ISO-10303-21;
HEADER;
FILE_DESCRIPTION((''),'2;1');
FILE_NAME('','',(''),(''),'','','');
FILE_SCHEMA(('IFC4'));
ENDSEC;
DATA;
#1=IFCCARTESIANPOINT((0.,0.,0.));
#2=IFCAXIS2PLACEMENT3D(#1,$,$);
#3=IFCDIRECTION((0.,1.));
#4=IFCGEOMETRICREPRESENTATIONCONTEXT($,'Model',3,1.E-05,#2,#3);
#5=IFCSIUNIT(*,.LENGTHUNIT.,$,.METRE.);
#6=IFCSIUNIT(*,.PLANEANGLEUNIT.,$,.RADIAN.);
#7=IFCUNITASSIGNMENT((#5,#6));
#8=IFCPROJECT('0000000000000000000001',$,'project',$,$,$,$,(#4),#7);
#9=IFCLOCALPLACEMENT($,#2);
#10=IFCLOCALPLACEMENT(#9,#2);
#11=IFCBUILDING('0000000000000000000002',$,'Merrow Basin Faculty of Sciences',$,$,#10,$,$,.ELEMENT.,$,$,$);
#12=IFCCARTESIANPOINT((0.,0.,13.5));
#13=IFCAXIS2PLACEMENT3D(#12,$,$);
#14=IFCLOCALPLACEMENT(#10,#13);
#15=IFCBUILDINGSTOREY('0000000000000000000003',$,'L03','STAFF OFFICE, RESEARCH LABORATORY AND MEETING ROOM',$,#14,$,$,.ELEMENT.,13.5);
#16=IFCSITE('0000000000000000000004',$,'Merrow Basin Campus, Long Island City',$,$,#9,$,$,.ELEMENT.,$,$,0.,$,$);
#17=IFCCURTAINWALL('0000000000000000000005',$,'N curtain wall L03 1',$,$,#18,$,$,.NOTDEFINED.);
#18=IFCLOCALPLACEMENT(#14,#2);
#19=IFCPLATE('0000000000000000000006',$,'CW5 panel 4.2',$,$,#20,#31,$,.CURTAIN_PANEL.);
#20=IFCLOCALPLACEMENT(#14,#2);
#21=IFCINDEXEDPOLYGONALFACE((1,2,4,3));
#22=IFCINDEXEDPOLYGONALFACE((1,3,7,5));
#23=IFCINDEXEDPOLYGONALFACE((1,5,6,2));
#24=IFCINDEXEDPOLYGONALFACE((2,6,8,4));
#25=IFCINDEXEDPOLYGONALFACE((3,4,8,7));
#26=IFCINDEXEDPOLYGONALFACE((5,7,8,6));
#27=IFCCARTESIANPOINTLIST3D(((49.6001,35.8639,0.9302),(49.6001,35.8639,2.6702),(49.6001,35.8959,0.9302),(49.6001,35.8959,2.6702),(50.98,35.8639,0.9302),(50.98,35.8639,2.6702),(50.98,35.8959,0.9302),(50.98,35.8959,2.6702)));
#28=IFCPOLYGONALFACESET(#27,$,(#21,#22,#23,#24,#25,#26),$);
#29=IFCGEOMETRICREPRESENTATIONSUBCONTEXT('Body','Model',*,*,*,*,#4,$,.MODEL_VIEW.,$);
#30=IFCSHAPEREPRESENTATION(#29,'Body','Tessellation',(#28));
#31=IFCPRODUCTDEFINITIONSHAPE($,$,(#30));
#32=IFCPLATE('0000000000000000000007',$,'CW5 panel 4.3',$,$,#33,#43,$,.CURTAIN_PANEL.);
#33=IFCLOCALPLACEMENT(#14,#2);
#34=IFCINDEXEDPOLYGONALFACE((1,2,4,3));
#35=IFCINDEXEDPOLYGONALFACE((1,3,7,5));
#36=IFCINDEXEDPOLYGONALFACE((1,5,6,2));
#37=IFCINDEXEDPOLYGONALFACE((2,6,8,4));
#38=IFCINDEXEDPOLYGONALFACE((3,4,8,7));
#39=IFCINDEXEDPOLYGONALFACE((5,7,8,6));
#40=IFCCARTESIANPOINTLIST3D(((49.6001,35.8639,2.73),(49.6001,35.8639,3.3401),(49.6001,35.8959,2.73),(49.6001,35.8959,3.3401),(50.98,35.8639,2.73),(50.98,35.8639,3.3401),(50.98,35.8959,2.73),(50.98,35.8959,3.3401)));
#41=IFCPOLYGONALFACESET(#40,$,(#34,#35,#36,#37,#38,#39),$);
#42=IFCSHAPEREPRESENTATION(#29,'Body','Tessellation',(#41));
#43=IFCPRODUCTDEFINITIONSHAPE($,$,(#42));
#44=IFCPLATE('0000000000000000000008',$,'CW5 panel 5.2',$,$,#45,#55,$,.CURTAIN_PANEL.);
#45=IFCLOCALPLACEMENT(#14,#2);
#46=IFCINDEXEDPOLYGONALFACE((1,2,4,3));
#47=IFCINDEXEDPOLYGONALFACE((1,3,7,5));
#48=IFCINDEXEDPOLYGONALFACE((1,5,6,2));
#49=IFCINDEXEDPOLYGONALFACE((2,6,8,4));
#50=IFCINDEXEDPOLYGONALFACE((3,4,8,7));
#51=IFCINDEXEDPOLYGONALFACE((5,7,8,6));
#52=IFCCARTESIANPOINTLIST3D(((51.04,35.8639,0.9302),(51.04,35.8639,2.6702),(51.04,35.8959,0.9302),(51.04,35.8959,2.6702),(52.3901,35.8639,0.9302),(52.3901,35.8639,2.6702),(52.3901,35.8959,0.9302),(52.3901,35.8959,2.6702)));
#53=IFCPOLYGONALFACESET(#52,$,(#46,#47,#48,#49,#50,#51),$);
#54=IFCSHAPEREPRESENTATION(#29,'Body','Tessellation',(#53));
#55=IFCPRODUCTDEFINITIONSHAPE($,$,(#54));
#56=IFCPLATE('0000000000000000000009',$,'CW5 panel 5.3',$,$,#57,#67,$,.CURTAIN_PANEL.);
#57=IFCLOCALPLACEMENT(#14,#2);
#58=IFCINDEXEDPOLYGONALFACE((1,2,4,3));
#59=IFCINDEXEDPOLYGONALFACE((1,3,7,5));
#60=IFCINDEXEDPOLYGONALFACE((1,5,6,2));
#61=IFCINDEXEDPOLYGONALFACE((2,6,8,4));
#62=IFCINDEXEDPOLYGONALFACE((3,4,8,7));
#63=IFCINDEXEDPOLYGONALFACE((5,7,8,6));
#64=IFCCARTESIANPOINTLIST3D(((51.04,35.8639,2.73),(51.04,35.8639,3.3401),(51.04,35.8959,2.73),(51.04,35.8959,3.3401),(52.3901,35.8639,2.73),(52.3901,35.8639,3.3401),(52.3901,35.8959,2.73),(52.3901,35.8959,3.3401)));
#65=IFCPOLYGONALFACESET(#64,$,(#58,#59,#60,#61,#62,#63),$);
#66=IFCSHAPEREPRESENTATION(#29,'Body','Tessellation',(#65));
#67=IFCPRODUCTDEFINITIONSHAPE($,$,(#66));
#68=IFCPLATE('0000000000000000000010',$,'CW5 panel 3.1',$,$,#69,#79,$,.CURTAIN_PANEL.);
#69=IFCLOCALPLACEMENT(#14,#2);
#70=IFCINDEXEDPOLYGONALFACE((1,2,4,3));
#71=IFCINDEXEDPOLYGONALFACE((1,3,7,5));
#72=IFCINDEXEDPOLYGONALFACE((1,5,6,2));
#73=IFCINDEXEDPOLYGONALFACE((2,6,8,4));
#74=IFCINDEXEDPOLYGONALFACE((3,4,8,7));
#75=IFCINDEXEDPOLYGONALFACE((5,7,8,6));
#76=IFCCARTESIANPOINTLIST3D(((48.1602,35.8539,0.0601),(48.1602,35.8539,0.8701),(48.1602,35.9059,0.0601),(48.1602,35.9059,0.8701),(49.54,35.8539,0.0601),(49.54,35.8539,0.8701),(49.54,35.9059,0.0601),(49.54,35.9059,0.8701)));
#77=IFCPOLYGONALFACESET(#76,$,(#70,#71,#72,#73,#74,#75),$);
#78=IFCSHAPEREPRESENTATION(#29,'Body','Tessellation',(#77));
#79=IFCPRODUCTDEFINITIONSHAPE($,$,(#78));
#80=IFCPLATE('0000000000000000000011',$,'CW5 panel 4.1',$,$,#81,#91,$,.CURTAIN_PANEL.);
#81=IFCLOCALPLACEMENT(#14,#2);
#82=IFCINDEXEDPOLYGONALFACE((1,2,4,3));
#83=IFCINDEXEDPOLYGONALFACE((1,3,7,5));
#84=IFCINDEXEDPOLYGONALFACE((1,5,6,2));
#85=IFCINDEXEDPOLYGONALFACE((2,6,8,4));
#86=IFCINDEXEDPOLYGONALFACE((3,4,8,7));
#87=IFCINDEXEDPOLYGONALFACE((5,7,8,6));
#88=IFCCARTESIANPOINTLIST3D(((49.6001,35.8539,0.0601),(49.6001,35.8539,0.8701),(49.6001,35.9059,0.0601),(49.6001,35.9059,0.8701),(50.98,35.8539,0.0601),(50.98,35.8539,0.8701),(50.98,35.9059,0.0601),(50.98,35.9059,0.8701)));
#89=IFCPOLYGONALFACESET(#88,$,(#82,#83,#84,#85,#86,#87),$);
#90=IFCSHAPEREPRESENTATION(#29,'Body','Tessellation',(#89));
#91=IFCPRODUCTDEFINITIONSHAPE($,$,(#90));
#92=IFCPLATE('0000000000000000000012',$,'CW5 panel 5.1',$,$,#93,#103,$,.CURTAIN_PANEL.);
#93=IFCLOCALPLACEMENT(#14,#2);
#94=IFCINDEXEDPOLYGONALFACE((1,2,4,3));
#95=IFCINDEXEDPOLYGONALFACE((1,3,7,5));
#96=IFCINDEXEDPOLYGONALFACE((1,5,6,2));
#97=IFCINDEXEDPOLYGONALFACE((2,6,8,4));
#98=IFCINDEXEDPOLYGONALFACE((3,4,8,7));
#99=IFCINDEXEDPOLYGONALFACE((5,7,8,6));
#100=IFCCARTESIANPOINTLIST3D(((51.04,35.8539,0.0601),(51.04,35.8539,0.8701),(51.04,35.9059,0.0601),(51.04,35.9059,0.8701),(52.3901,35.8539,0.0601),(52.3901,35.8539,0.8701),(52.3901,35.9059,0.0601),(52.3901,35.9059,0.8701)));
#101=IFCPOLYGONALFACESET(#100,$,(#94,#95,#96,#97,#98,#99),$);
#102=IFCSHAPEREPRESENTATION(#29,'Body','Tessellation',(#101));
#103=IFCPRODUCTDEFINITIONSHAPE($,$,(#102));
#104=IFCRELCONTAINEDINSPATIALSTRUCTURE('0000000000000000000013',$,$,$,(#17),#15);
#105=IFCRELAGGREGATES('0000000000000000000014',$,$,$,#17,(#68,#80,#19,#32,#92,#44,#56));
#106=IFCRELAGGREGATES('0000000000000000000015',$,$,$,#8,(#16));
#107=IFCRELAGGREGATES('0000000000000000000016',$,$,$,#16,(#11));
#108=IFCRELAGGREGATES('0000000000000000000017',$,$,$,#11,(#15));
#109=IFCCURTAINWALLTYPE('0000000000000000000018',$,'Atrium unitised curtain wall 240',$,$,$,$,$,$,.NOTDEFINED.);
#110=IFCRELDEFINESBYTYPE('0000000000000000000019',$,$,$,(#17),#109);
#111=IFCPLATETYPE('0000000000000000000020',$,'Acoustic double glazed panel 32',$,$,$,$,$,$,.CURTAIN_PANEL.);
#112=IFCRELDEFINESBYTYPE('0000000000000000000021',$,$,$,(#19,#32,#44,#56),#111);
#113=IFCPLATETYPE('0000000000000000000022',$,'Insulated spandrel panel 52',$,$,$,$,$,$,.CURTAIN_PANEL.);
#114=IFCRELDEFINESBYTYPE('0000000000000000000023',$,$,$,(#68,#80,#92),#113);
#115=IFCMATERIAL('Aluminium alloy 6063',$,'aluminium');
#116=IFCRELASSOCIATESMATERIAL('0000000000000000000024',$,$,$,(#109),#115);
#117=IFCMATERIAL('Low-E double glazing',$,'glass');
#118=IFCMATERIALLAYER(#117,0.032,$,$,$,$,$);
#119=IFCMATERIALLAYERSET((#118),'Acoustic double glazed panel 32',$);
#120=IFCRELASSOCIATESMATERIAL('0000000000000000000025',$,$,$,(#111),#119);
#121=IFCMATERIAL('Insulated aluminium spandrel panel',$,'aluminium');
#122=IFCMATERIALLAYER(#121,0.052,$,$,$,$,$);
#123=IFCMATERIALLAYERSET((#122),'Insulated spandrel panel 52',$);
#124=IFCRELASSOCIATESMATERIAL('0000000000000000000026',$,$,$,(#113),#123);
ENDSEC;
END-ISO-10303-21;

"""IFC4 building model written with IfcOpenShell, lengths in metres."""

from ifc_helpers import new_model, si_unit, direction, frame, origin, origin_2d, place, context, subcontext, project, spatial, rectangle, extrude, material, layer, layer_set, type_object, element, aggregate, save


model = new_model("IFC4")

# Units and contexts
model_context = context("Model", 3, precision=1e-05, world=origin(), true_north=direction((0.0, 1.0)))
body_context = subcontext(model_context, "Body", "Model", "MODEL_VIEW")
ifc_project = project(units=[si_unit("LENGTHUNIT", "METRE"), si_unit("PLANEANGLEUNIT", "RADIAN")], contexts=[model_context])

# Site, building, storey
site_placement = place(None, origin())
site = spatial("IfcSite", under=ifc_project, at=site_placement, Name="Merrow Basin Campus, Long Island City", CompositionType="ELEMENT", RefElevation=0.0)
building_placement = place(site_placement, origin())
building = spatial("IfcBuilding", under=site, at=building_placement, Name="Merrow Basin Faculty of Sciences", CompositionType="ELEMENT")
storey_placement = place(building_placement, frame((0.0, 0.0, 13.5)))
storey = spatial("IfcBuildingStorey", under=building, at=storey_placement, Name="L03", Description="STAFF OFFICE, RESEARCH LABORATORY AND MEETING ROOM", CompositionType="ELEMENT", Elevation=13.5)

# Shared definitions
ifc_material_1 = material(Name="Aluminium alloy 6063", Category="aluminium")
curtain_wall_type = type_object("IfcCurtainWallType", Name="Atrium unitised curtain wall 240", PredefinedType="NOTDEFINED", material=ifc_material_1)

# Curtain wall
curtain_wall_1_placement = place(storey_placement, origin())
curtain_wall_1 = element("IfcCurtainWall", 1, at=curtain_wall_1_placement, inside=storey, type_object=curtain_wall_type, Name="N curtain wall L03 1", PredefinedType="NOTDEFINED")

# Plates
ifc_material_2 = material(Name="Low-E double glazing", Category="glass")
ifc_layer_1 = layer(ifc_material_2, 0.032)
ifc_layer_set_1 = layer_set([ifc_layer_1], Name="Acoustic double glazed panel 32")
plate_type_1 = type_object("IfcPlateType", Name="Acoustic double glazed panel 32", PredefinedType="CURTAIN_PANEL", material=ifc_layer_set_1)
plate_1_placement = place(storey_placement, frame((50.29, 35.8799, 0.9302), z_axis=(0.0, 0.0, 1.0), x_axis=(1.0, 0.0, 0.0)))
plate_1 = element("IfcPlate", 2, at=plate_1_placement, type_object=plate_type_1, Name="CW5 panel 4.2", PredefinedType="CURTAIN_PANEL", context=body_context, shape_type="SweptSolid", body=[
    extrude(rectangle(XDim=1.3799, YDim=0.032, at=origin_2d()), origin(), (0.0, 0.0, 1.0), 1.74),
])
plate_2_placement = place(storey_placement, frame((50.29, 35.8799, 2.73), z_axis=(0.0, 0.0, 1.0), x_axis=(1.0, 0.0, 0.0)))
plate_2 = element("IfcPlate", 3, at=plate_2_placement, type_object=plate_type_1, Name="CW5 panel 4.3", PredefinedType="CURTAIN_PANEL", context=body_context, shape_type="SweptSolid", body=[
    extrude(rectangle(XDim=1.3799, YDim=0.032, at=origin_2d()), origin(), (0.0, 0.0, 1.0), 0.6101),
])
plate_3_placement = place(storey_placement, frame((51.7151, 35.8799, 0.9302), z_axis=(0.0, 0.0, 1.0), x_axis=(1.0, 0.0, 0.0)))
plate_3 = element("IfcPlate", 4, at=plate_3_placement, type_object=plate_type_1, Name="CW5 panel 5.2", PredefinedType="CURTAIN_PANEL", context=body_context, shape_type="SweptSolid", body=[
    extrude(rectangle(XDim=1.3501, YDim=0.032, at=origin_2d()), origin(), (0.0, 0.0, 1.0), 1.74),
])
plate_4_placement = place(storey_placement, frame((51.7151, 35.8799, 2.73), z_axis=(0.0, 0.0, 1.0), x_axis=(1.0, 0.0, 0.0)))
plate_4 = element("IfcPlate", 5, at=plate_4_placement, type_object=plate_type_1, Name="CW5 panel 5.3", PredefinedType="CURTAIN_PANEL", context=body_context, shape_type="SweptSolid", body=[
    extrude(rectangle(XDim=1.3501, YDim=0.032, at=origin_2d()), origin(), (0.0, 0.0, 1.0), 0.6101),
])
ifc_material_3 = material(Name="Insulated aluminium spandrel panel", Category="aluminium")
ifc_layer_2 = layer(ifc_material_3, 0.052)
ifc_layer_set_2 = layer_set([ifc_layer_2], Name="Insulated spandrel panel 52")
plate_type_2 = type_object("IfcPlateType", Name="Insulated spandrel panel 52", PredefinedType="CURTAIN_PANEL", material=ifc_layer_set_2)
plate_5_placement = place(storey_placement, frame((48.8501, 35.8799, 0.0601), z_axis=(0.0, 0.0, 1.0), x_axis=(1.0, 0.0, 0.0)))
plate_5 = element("IfcPlate", 6, at=plate_5_placement, type_object=plate_type_2, Name="CW5 panel 3.1", PredefinedType="CURTAIN_PANEL", context=body_context, shape_type="SweptSolid", body=[
    extrude(rectangle(XDim=1.3799, YDim=0.052, at=origin_2d()), origin(), (0.0, 0.0, 1.0), 0.8101),
])
plate_6_placement = place(storey_placement, frame((50.29, 35.8799, 0.0601), z_axis=(0.0, 0.0, 1.0), x_axis=(1.0, 0.0, 0.0)))
plate_6 = element("IfcPlate", 7, at=plate_6_placement, type_object=plate_type_2, Name="CW5 panel 4.1", PredefinedType="CURTAIN_PANEL", context=body_context, shape_type="SweptSolid", body=[
    extrude(rectangle(XDim=1.3799, YDim=0.052, at=origin_2d()), origin(), (0.0, 0.0, 1.0), 0.8101),
])
plate_7_placement = place(storey_placement, frame((51.7151, 35.8799, 0.0601), z_axis=(0.0, 0.0, 1.0), x_axis=(1.0, 0.0, 0.0)))
plate_7 = element("IfcPlate", 8, at=plate_7_placement, type_object=plate_type_2, Name="CW5 panel 5.1", PredefinedType="CURTAIN_PANEL", context=body_context, shape_type="SweptSolid", body=[
    extrude(rectangle(XDim=1.3501, YDim=0.052, at=origin_2d()), origin(), (0.0, 0.0, 1.0), 0.8101),
])
aggregate(curtain_wall_1, [plate_5, plate_6, plate_1, plate_2, plate_7, plate_3, plate_4])

save(model, "model.ifc")
